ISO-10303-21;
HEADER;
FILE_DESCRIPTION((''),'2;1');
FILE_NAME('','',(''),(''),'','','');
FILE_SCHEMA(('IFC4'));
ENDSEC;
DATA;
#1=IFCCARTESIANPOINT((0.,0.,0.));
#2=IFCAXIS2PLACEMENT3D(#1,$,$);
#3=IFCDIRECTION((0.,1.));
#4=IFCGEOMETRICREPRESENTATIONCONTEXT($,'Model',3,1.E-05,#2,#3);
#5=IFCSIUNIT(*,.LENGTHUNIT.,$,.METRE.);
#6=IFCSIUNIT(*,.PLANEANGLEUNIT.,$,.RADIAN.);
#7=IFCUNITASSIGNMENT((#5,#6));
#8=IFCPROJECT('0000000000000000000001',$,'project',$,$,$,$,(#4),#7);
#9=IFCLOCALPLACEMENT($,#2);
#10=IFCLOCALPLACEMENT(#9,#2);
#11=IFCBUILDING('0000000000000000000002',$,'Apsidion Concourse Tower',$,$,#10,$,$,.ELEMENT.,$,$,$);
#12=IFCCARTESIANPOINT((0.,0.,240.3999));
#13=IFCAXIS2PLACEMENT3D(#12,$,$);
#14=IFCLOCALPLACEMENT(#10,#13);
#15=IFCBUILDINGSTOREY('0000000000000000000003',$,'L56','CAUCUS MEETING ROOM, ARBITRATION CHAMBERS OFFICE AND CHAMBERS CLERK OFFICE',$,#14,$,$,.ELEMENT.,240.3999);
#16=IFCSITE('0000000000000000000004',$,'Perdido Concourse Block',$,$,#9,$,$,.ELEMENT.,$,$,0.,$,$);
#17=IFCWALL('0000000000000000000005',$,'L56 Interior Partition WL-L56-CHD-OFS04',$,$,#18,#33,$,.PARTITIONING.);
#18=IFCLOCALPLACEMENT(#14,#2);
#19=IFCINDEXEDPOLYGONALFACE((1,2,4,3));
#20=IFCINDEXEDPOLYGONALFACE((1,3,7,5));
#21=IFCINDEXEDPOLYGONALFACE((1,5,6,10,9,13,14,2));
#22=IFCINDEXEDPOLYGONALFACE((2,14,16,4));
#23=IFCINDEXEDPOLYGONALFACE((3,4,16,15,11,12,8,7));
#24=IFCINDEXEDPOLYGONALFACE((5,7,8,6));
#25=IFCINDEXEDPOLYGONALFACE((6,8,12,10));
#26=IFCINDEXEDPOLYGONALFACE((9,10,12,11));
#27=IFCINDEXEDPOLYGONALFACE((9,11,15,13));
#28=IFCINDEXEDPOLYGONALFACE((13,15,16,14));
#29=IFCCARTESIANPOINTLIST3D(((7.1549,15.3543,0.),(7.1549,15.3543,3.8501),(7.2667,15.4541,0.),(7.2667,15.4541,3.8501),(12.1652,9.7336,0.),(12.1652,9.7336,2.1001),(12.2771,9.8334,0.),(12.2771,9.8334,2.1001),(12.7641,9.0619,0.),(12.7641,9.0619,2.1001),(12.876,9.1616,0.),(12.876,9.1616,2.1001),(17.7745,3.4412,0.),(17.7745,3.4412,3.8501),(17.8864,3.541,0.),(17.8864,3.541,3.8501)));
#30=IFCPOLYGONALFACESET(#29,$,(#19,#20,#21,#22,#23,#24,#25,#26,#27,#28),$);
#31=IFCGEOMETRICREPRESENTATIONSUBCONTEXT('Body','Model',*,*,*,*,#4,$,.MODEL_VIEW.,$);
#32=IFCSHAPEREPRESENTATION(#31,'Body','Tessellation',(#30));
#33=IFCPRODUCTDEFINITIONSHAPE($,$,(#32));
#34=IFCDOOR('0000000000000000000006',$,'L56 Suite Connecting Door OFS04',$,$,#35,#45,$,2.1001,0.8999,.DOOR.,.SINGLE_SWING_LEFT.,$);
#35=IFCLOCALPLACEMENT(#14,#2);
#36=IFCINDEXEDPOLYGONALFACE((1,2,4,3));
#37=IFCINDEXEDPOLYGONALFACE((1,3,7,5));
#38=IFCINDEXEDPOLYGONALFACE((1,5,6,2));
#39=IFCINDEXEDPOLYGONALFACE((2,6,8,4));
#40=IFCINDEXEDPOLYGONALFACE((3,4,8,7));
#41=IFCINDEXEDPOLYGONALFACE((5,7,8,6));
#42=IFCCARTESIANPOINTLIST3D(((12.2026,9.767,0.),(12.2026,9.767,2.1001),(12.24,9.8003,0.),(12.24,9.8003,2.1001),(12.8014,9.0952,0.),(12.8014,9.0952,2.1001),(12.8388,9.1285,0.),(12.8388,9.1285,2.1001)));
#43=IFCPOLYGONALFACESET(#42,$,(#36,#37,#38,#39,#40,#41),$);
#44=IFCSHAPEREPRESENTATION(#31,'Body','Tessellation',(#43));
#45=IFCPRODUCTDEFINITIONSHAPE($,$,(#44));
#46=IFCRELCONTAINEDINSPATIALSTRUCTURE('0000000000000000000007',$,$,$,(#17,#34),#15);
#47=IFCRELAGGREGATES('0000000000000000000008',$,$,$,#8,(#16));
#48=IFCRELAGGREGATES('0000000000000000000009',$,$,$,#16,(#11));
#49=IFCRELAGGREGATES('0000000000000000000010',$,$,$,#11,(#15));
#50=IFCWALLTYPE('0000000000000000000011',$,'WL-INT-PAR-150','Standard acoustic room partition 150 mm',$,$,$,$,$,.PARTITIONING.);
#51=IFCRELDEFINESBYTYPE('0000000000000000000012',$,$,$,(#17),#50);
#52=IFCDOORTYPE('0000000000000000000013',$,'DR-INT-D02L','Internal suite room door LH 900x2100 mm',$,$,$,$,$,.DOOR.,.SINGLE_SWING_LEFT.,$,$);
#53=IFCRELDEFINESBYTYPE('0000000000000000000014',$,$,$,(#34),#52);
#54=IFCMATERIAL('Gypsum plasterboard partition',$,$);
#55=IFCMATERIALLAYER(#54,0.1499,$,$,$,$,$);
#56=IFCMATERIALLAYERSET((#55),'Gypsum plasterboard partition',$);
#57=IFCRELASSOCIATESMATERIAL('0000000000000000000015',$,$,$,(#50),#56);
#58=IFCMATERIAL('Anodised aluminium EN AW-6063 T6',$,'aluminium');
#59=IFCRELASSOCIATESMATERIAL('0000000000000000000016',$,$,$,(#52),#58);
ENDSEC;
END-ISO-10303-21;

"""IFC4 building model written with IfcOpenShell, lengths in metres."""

from ifc_helpers import new_model, si_unit, direction, frame, frame_2d, origin, place, context, subcontext, project, spatial, rectangle, extrude, material, layer, layer_set, type_object, element, fill, save


model = new_model("IFC4")

# Units and contexts
model_context = context("Model", 3, precision=1e-05, world=origin(), true_north=direction((0.0, 1.0)))
body_context = subcontext(model_context, "Body", "Model", "MODEL_VIEW")
ifc_project = project(units=[si_unit("LENGTHUNIT", "METRE"), si_unit("PLANEANGLEUNIT", "RADIAN")], contexts=[model_context])

# Site, building, storey
site_placement = place(None, origin())
site = spatial("IfcSite", under=ifc_project, at=site_placement, Name="Perdido Concourse Block", CompositionType="ELEMENT", RefElevation=0.0)
building_placement = place(site_placement, origin())
building = spatial("IfcBuilding", under=site, at=building_placement, Name="Apsidion Concourse Tower", CompositionType="ELEMENT")
storey_placement = place(building_placement, frame((0.0, 0.0, 240.3999)))
storey = spatial("IfcBuildingStorey", under=building, at=storey_placement, Name="L56", Description="CAUCUS MEETING ROOM, ARBITRATION CHAMBERS OFFICE AND CHAMBERS CLERK OFFICE", CompositionType="ELEMENT", Elevation=240.3999)

# Shared definitions
ifc_material_1 = material(Name="Anodised aluminium EN AW-6063 T6", Category="aluminium")

# Wall, opening, door
ifc_material_2 = material(Name="Gypsum plasterboard partition")
ifc_layer_1 = layer(ifc_material_2, 0.1499)
ifc_layer_set_1 = layer_set([ifc_layer_1], Name="Gypsum plasterboard partition")
wall_type_1 = type_object("IfcWallType", Name="WL-INT-PAR-150", Description="Standard acoustic room partition 150 mm", PredefinedType="PARTITIONING", material=ifc_layer_set_1)
wall_1_placement = place(storey_placement, frame((17.8303, 3.4912, 0.0), z_axis=(0.0, 0.0, 1.0), x_axis=(-0.665421, 0.746468, 0.0)))
wall_1 = element("IfcWall", 1, at=wall_1_placement, inside=storey, type_object=wall_type_1, Name="L56 Interior Partition WL-L56-CHD-OFS04", PredefinedType="PARTITIONING", context=body_context, shape_type="SweptSolid", body=[
    extrude(rectangle(XDim=15.9592, YDim=0.1499, at=frame_2d((7.9795, 0.0))), origin(), (0.0, 0.0, 1.0), 3.8501),
])
opening_1_placement = place(wall_1_placement, frame((7.5295, 0.0, 0.0)))
opening_1 = element("IfcOpeningElement", 2, at=opening_1_placement, cuts=wall_1, PredefinedType="OPENING", context=body_context, shape_type="SweptSolid", body=[
    extrude(rectangle(XDim=0.8999, YDim=2.1001, at=frame_2d((0.45, 1.05))), frame((0.0, 0.085, 0.0), z_axis=(0.0, -1.0, 0.0), x_axis=(1.0, 0.0, 0.0)), (0.0, 0.0, 1.0), 0.1699),
])
door_type_1 = type_object("IfcDoorType", Name="DR-INT-D02L", Description="Internal suite room door LH 900x2100 mm", OperationType="SINGLE_SWING_LEFT", PredefinedType="DOOR", material=ifc_material_1)
door_1_placement = place(opening_1_placement, origin())
door_1 = element("IfcDoor", 3, at=door_1_placement, inside=storey, type_object=door_type_1, Name="L56 Suite Connecting Door OFS04", OperationType="SINGLE_SWING_LEFT", OverallHeight=2.1001, OverallWidth=0.8999, PredefinedType="DOOR", context=body_context, shape_type="SweptSolid", body=[
    extrude(rectangle(XDim=0.8999, YDim=2.1001, at=frame_2d((0.45, 1.05))), frame((0.0, 0.0249, 0.0), z_axis=(0.0, -1.0, 0.0), x_axis=(1.0, 0.0, 0.0)), (0.0, 0.0, 1.0), 0.05),
])
fill(opening_1, door_1)

save(model, "model.ifc")
